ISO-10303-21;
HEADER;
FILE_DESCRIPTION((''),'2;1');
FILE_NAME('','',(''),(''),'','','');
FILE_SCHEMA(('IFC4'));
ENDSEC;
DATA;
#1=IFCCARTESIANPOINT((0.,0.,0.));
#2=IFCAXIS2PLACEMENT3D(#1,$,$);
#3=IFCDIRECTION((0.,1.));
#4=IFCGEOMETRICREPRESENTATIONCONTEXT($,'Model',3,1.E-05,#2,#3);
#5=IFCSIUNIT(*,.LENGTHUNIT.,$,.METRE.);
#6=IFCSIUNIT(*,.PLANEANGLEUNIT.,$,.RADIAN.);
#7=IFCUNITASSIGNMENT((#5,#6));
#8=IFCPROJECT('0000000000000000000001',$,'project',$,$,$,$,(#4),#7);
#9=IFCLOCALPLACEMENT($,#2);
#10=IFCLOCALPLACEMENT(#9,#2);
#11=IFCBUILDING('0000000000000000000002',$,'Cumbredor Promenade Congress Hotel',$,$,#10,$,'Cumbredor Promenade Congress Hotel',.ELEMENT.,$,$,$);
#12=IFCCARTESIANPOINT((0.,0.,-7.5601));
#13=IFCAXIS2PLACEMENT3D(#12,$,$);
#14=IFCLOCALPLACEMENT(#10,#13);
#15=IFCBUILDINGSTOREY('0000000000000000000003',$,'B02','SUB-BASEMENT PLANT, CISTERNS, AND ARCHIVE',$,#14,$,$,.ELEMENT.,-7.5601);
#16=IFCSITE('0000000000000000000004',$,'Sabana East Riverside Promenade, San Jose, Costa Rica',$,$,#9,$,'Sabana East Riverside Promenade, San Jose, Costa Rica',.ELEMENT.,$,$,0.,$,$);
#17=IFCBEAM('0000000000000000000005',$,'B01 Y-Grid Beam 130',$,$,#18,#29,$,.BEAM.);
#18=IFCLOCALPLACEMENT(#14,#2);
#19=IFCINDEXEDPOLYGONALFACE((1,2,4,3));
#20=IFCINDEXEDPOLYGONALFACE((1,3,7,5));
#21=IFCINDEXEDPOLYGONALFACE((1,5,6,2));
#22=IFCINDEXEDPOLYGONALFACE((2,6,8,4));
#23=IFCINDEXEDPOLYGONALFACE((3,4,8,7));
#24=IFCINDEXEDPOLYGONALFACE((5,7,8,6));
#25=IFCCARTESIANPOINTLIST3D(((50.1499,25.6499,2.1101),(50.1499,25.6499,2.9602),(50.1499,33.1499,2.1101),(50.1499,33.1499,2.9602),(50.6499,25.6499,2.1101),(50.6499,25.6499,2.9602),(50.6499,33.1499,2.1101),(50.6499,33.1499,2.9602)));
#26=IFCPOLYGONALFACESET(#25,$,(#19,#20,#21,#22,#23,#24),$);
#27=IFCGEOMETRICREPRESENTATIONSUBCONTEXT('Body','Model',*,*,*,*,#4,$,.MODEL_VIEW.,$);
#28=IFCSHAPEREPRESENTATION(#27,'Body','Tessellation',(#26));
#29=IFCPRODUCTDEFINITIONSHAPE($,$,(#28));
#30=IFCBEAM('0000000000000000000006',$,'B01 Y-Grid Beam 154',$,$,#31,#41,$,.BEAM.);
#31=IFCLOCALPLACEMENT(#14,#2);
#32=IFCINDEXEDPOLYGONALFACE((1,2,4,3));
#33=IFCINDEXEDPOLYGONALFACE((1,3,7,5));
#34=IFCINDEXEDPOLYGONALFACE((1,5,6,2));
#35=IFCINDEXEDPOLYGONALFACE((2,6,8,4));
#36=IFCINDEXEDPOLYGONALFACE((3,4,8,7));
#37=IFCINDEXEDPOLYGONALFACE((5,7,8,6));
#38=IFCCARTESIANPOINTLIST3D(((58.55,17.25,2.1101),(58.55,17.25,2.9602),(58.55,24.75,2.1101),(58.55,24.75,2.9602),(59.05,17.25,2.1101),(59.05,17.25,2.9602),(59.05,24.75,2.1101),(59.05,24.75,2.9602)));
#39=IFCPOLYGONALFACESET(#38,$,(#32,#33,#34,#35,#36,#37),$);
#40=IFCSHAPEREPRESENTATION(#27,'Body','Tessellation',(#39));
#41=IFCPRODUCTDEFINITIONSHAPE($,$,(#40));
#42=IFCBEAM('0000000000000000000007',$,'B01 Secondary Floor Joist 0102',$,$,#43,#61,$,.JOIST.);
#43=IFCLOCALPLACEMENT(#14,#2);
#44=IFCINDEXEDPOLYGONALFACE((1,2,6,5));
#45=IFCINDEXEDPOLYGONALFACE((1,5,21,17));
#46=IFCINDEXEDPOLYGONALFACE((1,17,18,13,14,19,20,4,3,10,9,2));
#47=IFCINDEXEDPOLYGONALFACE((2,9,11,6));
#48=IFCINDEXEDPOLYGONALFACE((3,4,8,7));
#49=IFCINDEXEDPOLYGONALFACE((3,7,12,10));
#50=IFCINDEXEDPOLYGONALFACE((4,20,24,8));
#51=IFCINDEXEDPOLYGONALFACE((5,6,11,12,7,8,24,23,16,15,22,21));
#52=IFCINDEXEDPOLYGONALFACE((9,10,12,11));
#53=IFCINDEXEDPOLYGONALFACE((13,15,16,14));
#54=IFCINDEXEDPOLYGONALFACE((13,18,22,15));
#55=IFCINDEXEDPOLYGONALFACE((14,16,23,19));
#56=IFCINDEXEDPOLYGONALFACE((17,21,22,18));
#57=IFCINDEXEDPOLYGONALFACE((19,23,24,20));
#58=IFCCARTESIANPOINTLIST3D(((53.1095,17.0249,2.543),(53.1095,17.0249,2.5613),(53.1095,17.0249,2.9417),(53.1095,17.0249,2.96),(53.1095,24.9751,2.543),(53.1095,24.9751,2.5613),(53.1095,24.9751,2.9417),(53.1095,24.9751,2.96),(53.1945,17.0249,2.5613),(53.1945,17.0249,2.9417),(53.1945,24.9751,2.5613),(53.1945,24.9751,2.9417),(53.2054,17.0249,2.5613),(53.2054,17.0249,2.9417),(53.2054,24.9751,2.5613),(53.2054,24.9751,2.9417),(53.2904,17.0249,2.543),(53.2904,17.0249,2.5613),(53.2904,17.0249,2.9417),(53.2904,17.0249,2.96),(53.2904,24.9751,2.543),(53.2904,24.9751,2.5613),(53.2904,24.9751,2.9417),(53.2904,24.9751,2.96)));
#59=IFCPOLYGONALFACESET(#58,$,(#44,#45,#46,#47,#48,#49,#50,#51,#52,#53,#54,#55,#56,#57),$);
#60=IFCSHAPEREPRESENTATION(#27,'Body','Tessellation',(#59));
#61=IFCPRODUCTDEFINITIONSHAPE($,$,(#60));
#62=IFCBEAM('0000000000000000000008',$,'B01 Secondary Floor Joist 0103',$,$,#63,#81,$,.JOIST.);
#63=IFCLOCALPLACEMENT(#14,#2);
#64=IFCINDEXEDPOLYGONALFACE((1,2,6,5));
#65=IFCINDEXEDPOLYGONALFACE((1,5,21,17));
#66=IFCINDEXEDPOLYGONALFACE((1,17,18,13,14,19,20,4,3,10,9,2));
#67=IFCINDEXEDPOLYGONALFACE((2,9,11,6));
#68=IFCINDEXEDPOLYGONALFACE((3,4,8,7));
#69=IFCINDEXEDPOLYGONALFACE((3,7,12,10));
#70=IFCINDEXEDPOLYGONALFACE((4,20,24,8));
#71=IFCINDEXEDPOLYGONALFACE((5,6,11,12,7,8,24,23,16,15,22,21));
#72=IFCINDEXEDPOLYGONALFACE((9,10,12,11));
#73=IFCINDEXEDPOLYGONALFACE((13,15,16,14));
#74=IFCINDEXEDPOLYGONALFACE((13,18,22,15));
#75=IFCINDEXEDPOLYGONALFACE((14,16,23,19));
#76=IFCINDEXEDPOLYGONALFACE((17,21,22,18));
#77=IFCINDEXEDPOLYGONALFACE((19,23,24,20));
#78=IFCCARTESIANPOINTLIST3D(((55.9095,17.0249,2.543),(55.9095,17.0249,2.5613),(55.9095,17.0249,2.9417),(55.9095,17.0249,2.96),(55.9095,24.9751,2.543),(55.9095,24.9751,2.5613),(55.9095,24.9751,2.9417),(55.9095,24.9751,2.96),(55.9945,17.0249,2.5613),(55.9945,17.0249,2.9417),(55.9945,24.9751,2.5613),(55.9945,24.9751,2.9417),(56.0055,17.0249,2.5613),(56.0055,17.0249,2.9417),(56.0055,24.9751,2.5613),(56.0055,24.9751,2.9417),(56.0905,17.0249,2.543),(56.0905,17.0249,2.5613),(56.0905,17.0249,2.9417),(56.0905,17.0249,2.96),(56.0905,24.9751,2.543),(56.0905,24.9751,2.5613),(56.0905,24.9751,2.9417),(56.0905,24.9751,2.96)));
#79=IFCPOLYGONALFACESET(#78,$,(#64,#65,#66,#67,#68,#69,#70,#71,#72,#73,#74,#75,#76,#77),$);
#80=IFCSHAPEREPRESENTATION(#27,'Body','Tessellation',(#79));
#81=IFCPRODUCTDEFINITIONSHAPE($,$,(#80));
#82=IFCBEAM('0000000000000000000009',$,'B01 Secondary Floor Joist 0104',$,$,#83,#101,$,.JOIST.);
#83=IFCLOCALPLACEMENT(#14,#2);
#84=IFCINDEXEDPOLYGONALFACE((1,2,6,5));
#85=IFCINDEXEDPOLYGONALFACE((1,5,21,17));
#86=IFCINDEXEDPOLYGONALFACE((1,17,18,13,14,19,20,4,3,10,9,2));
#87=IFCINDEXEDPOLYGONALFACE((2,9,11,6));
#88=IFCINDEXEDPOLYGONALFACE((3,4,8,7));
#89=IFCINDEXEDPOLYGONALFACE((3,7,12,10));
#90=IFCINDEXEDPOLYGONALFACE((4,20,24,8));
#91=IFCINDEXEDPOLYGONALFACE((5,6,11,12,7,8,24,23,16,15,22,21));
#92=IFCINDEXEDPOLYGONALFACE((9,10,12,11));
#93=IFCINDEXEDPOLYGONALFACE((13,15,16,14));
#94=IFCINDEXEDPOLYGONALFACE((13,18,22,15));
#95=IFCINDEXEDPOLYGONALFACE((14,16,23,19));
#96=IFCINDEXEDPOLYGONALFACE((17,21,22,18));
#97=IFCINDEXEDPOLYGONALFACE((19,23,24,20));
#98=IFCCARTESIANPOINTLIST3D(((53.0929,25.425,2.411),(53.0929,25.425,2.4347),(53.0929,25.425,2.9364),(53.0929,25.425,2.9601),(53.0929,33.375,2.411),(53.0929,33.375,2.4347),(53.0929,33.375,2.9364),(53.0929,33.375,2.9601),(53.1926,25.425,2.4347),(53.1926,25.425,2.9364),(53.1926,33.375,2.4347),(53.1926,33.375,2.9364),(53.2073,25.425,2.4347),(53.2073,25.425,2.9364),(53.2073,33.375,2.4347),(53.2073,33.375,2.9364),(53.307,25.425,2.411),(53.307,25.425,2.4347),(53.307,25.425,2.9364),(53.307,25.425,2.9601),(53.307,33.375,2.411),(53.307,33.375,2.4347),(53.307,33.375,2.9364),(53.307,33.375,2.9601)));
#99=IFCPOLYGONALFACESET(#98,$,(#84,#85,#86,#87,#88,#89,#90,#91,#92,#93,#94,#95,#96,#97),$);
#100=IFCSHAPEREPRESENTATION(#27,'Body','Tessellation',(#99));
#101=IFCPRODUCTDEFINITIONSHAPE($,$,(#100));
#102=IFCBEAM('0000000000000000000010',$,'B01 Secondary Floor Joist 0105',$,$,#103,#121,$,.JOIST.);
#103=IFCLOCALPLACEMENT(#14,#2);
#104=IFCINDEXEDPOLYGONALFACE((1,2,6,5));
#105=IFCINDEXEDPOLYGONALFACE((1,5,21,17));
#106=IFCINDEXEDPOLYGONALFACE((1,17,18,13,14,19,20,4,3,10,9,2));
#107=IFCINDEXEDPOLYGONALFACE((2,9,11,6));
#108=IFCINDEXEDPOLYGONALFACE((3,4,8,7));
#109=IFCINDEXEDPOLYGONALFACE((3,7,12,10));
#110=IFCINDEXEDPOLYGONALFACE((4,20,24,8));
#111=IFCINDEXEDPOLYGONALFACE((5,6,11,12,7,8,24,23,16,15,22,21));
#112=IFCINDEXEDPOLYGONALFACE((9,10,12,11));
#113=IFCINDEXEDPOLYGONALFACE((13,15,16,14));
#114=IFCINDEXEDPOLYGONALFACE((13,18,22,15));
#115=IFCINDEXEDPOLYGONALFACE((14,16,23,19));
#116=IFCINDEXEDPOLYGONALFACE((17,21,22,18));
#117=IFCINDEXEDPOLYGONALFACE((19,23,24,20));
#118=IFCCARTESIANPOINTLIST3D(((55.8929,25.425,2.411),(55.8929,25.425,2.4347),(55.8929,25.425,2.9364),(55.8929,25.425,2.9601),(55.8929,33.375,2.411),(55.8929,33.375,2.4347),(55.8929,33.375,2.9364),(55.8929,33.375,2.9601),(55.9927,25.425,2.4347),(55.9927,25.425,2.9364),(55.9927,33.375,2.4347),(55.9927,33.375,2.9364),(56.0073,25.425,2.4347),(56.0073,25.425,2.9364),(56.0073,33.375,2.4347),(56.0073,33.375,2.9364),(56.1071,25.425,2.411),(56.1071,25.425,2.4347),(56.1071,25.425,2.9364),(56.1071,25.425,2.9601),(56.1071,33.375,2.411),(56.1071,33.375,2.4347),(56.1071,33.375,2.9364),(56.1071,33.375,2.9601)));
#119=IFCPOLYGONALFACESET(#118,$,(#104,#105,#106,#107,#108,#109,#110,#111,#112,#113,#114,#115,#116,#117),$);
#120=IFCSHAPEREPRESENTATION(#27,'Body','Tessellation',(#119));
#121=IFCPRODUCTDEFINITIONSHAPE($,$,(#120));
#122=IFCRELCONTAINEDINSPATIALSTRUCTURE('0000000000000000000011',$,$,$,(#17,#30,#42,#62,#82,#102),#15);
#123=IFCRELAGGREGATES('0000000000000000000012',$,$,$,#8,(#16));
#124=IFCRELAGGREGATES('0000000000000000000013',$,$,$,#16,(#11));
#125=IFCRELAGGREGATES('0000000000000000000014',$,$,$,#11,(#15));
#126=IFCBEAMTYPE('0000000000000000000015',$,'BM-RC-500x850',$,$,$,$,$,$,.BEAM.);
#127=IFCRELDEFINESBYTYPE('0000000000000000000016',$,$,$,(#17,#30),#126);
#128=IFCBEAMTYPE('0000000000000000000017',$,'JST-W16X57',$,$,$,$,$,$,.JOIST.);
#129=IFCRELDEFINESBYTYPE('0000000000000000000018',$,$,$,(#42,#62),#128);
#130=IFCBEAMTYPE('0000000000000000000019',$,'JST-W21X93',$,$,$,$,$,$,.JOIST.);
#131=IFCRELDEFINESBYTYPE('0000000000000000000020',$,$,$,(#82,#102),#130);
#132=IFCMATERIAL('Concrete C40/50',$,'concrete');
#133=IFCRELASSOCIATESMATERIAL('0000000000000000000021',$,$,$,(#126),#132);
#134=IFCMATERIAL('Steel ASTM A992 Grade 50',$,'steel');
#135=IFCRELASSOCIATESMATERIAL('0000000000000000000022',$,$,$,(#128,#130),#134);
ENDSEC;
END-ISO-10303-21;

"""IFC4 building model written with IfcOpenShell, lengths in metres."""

from ifc_helpers import new_model, si_unit, direction, frame, origin, origin_2d, place, context, subcontext, project, spatial, rectangle, i_section, extrude, material, material_profile, profile_set, type_object, element, save


model = new_model("IFC4")

# Units and contexts
model_context = context("Model", 3, precision=1e-05, world=origin(), true_north=direction((0.0, 1.0)))
body_context = subcontext(model_context, "Body", "Model", "MODEL_VIEW")
ifc_project = project(units=[si_unit("LENGTHUNIT", "METRE"), si_unit("PLANEANGLEUNIT", "RADIAN")], contexts=[model_context])

# Site, building, storey
site_placement = place(None, origin())
site = spatial("IfcSite", under=ifc_project, at=site_placement, Name="Sabana East Riverside Promenade, San Jose, Costa Rica", LongName="Sabana East Riverside Promenade, San Jose, Costa Rica", CompositionType="ELEMENT", RefElevation=0.0)
building_placement = place(site_placement, origin())
building = spatial("IfcBuilding", under=site, at=building_placement, Name="Cumbredor Promenade Congress Hotel", LongName="Cumbredor Promenade Congress Hotel", CompositionType="ELEMENT")
storey_placement = place(building_placement, frame((0.0, 0.0, -7.5601)))
storey = spatial("IfcBuildingStorey", under=building, at=storey_placement, Name="B02", Description="SUB-BASEMENT PLANT, CISTERNS, AND ARCHIVE", CompositionType="ELEMENT", Elevation=-7.5601)

# Shared definitions
ifc_material_1 = material(Name="Concrete C40/50", Category="concrete")

# Beams
ifc_material_profile_1 = material_profile(ifc_material_1, rectangle(XDim=0.5, YDim=0.8501, at=origin_2d()), Name="RC BEAM 500x850")
ifc_profile_set_1 = profile_set([ifc_material_profile_1], Name="Concrete C40/50")
beam_type_1 = type_object("IfcBeamType", Name="BM-RC-500x850", PredefinedType="BEAM", material=ifc_profile_set_1)
for number, where, z_axis, x_axis, name in (
    (1, (50.3999, 25.6499, 2.5352), (0.0, 1.0, 0.0), (-1.0, 0.0, 0.0), "B01 Y-Grid Beam 130"),
    (2, (58.8, 17.25, 2.5352), (0.0, 1.0, 0.0), (-1.0, 0.0, 0.0), "B01 Y-Grid Beam 154"),
):
    element("IfcBeam", number, at=place(storey_placement, frame(where, z_axis=z_axis, x_axis=x_axis)), inside=storey, type_object=beam_type_1, Name=name, PredefinedType="BEAM", context=body_context, shape_type="SweptSolid", body=[
        extrude(rectangle(XDim=0.5, YDim=0.8501, at=origin_2d()), origin(), (0.0, 0.0, 1.0), 7.5),
    ])
ifc_material_2 = material(Name="Steel ASTM A992 Grade 50", Category="steel")
ifc_material_profile_2 = material_profile(ifc_material_2, i_section(OverallWidth=0.1809, OverallDepth=0.417, WebThickness=0.011, FlangeThickness=0.0183, at=origin_2d()), Name="W16X57")
ifc_profile_set_2 = profile_set([ifc_material_profile_2], Name="Steel ASTM A992 Grade 50")
beam_type_2 = type_object("IfcBeamType", Name="JST-W16X57", PredefinedType="JOIST", material=ifc_profile_set_2)
for number, where, z_axis, x_axis, name in (
    (3, (53.2, 17.0249, 2.7515), (0.0, 1.0, 0.0), (-1.0, 0.0, 0.0), "B01 Secondary Floor Joist 0102"),
    (4, (56.0, 17.0249, 2.7515), (0.0, 1.0, 0.0), (-1.0, 0.0, 0.0), "B01 Secondary Floor Joist 0103"),
):
    element("IfcBeam", number, at=place(storey_placement, frame(where, z_axis=z_axis, x_axis=x_axis)), inside=storey, type_object=beam_type_2, Name=name, PredefinedType="JOIST", context=body_context, shape_type="SweptSolid", body=[
        extrude(i_section(OverallWidth=0.1809, OverallDepth=0.417, WebThickness=0.011, FlangeThickness=0.0183, at=origin_2d()), origin(), (0.0, 0.0, 1.0), 7.9502),
    ])
ifc_material_profile_3 = material_profile(ifc_material_2, i_section(OverallWidth=0.2141, OverallDepth=0.5491, WebThickness=0.0146, FlangeThickness=0.0237, at=origin_2d()), Name="W21X93")
ifc_profile_set_3 = profile_set([ifc_material_profile_3], Name="Steel ASTM A992 Grade 50")
beam_type_3 = type_object("IfcBeamType", Name="JST-W21X93", PredefinedType="JOIST", material=ifc_profile_set_3)
for number, where, z_axis, x_axis, name in (
    (5, (53.2, 25.425, 2.6855), (0.0, 1.0, 0.0), (-1.0, 0.0, 0.0), "B01 Secondary Floor Joist 0104"),
    (6, (56.0, 25.425, 2.6855), (0.0, 1.0, 0.0), (-1.0, 0.0, 0.0), "B01 Secondary Floor Joist 0105"),
):
    element("IfcBeam", number, at=place(storey_placement, frame(where, z_axis=z_axis, x_axis=x_axis)), inside=storey, type_object=beam_type_3, Name=name, PredefinedType="JOIST", context=body_context, shape_type="SweptSolid", body=[
        extrude(i_section(OverallWidth=0.2141, OverallDepth=0.5491, WebThickness=0.0146, FlangeThickness=0.0237, at=origin_2d()), origin(), (0.0, 0.0, 1.0), 7.95),
    ])

save(model, "model.ifc")
